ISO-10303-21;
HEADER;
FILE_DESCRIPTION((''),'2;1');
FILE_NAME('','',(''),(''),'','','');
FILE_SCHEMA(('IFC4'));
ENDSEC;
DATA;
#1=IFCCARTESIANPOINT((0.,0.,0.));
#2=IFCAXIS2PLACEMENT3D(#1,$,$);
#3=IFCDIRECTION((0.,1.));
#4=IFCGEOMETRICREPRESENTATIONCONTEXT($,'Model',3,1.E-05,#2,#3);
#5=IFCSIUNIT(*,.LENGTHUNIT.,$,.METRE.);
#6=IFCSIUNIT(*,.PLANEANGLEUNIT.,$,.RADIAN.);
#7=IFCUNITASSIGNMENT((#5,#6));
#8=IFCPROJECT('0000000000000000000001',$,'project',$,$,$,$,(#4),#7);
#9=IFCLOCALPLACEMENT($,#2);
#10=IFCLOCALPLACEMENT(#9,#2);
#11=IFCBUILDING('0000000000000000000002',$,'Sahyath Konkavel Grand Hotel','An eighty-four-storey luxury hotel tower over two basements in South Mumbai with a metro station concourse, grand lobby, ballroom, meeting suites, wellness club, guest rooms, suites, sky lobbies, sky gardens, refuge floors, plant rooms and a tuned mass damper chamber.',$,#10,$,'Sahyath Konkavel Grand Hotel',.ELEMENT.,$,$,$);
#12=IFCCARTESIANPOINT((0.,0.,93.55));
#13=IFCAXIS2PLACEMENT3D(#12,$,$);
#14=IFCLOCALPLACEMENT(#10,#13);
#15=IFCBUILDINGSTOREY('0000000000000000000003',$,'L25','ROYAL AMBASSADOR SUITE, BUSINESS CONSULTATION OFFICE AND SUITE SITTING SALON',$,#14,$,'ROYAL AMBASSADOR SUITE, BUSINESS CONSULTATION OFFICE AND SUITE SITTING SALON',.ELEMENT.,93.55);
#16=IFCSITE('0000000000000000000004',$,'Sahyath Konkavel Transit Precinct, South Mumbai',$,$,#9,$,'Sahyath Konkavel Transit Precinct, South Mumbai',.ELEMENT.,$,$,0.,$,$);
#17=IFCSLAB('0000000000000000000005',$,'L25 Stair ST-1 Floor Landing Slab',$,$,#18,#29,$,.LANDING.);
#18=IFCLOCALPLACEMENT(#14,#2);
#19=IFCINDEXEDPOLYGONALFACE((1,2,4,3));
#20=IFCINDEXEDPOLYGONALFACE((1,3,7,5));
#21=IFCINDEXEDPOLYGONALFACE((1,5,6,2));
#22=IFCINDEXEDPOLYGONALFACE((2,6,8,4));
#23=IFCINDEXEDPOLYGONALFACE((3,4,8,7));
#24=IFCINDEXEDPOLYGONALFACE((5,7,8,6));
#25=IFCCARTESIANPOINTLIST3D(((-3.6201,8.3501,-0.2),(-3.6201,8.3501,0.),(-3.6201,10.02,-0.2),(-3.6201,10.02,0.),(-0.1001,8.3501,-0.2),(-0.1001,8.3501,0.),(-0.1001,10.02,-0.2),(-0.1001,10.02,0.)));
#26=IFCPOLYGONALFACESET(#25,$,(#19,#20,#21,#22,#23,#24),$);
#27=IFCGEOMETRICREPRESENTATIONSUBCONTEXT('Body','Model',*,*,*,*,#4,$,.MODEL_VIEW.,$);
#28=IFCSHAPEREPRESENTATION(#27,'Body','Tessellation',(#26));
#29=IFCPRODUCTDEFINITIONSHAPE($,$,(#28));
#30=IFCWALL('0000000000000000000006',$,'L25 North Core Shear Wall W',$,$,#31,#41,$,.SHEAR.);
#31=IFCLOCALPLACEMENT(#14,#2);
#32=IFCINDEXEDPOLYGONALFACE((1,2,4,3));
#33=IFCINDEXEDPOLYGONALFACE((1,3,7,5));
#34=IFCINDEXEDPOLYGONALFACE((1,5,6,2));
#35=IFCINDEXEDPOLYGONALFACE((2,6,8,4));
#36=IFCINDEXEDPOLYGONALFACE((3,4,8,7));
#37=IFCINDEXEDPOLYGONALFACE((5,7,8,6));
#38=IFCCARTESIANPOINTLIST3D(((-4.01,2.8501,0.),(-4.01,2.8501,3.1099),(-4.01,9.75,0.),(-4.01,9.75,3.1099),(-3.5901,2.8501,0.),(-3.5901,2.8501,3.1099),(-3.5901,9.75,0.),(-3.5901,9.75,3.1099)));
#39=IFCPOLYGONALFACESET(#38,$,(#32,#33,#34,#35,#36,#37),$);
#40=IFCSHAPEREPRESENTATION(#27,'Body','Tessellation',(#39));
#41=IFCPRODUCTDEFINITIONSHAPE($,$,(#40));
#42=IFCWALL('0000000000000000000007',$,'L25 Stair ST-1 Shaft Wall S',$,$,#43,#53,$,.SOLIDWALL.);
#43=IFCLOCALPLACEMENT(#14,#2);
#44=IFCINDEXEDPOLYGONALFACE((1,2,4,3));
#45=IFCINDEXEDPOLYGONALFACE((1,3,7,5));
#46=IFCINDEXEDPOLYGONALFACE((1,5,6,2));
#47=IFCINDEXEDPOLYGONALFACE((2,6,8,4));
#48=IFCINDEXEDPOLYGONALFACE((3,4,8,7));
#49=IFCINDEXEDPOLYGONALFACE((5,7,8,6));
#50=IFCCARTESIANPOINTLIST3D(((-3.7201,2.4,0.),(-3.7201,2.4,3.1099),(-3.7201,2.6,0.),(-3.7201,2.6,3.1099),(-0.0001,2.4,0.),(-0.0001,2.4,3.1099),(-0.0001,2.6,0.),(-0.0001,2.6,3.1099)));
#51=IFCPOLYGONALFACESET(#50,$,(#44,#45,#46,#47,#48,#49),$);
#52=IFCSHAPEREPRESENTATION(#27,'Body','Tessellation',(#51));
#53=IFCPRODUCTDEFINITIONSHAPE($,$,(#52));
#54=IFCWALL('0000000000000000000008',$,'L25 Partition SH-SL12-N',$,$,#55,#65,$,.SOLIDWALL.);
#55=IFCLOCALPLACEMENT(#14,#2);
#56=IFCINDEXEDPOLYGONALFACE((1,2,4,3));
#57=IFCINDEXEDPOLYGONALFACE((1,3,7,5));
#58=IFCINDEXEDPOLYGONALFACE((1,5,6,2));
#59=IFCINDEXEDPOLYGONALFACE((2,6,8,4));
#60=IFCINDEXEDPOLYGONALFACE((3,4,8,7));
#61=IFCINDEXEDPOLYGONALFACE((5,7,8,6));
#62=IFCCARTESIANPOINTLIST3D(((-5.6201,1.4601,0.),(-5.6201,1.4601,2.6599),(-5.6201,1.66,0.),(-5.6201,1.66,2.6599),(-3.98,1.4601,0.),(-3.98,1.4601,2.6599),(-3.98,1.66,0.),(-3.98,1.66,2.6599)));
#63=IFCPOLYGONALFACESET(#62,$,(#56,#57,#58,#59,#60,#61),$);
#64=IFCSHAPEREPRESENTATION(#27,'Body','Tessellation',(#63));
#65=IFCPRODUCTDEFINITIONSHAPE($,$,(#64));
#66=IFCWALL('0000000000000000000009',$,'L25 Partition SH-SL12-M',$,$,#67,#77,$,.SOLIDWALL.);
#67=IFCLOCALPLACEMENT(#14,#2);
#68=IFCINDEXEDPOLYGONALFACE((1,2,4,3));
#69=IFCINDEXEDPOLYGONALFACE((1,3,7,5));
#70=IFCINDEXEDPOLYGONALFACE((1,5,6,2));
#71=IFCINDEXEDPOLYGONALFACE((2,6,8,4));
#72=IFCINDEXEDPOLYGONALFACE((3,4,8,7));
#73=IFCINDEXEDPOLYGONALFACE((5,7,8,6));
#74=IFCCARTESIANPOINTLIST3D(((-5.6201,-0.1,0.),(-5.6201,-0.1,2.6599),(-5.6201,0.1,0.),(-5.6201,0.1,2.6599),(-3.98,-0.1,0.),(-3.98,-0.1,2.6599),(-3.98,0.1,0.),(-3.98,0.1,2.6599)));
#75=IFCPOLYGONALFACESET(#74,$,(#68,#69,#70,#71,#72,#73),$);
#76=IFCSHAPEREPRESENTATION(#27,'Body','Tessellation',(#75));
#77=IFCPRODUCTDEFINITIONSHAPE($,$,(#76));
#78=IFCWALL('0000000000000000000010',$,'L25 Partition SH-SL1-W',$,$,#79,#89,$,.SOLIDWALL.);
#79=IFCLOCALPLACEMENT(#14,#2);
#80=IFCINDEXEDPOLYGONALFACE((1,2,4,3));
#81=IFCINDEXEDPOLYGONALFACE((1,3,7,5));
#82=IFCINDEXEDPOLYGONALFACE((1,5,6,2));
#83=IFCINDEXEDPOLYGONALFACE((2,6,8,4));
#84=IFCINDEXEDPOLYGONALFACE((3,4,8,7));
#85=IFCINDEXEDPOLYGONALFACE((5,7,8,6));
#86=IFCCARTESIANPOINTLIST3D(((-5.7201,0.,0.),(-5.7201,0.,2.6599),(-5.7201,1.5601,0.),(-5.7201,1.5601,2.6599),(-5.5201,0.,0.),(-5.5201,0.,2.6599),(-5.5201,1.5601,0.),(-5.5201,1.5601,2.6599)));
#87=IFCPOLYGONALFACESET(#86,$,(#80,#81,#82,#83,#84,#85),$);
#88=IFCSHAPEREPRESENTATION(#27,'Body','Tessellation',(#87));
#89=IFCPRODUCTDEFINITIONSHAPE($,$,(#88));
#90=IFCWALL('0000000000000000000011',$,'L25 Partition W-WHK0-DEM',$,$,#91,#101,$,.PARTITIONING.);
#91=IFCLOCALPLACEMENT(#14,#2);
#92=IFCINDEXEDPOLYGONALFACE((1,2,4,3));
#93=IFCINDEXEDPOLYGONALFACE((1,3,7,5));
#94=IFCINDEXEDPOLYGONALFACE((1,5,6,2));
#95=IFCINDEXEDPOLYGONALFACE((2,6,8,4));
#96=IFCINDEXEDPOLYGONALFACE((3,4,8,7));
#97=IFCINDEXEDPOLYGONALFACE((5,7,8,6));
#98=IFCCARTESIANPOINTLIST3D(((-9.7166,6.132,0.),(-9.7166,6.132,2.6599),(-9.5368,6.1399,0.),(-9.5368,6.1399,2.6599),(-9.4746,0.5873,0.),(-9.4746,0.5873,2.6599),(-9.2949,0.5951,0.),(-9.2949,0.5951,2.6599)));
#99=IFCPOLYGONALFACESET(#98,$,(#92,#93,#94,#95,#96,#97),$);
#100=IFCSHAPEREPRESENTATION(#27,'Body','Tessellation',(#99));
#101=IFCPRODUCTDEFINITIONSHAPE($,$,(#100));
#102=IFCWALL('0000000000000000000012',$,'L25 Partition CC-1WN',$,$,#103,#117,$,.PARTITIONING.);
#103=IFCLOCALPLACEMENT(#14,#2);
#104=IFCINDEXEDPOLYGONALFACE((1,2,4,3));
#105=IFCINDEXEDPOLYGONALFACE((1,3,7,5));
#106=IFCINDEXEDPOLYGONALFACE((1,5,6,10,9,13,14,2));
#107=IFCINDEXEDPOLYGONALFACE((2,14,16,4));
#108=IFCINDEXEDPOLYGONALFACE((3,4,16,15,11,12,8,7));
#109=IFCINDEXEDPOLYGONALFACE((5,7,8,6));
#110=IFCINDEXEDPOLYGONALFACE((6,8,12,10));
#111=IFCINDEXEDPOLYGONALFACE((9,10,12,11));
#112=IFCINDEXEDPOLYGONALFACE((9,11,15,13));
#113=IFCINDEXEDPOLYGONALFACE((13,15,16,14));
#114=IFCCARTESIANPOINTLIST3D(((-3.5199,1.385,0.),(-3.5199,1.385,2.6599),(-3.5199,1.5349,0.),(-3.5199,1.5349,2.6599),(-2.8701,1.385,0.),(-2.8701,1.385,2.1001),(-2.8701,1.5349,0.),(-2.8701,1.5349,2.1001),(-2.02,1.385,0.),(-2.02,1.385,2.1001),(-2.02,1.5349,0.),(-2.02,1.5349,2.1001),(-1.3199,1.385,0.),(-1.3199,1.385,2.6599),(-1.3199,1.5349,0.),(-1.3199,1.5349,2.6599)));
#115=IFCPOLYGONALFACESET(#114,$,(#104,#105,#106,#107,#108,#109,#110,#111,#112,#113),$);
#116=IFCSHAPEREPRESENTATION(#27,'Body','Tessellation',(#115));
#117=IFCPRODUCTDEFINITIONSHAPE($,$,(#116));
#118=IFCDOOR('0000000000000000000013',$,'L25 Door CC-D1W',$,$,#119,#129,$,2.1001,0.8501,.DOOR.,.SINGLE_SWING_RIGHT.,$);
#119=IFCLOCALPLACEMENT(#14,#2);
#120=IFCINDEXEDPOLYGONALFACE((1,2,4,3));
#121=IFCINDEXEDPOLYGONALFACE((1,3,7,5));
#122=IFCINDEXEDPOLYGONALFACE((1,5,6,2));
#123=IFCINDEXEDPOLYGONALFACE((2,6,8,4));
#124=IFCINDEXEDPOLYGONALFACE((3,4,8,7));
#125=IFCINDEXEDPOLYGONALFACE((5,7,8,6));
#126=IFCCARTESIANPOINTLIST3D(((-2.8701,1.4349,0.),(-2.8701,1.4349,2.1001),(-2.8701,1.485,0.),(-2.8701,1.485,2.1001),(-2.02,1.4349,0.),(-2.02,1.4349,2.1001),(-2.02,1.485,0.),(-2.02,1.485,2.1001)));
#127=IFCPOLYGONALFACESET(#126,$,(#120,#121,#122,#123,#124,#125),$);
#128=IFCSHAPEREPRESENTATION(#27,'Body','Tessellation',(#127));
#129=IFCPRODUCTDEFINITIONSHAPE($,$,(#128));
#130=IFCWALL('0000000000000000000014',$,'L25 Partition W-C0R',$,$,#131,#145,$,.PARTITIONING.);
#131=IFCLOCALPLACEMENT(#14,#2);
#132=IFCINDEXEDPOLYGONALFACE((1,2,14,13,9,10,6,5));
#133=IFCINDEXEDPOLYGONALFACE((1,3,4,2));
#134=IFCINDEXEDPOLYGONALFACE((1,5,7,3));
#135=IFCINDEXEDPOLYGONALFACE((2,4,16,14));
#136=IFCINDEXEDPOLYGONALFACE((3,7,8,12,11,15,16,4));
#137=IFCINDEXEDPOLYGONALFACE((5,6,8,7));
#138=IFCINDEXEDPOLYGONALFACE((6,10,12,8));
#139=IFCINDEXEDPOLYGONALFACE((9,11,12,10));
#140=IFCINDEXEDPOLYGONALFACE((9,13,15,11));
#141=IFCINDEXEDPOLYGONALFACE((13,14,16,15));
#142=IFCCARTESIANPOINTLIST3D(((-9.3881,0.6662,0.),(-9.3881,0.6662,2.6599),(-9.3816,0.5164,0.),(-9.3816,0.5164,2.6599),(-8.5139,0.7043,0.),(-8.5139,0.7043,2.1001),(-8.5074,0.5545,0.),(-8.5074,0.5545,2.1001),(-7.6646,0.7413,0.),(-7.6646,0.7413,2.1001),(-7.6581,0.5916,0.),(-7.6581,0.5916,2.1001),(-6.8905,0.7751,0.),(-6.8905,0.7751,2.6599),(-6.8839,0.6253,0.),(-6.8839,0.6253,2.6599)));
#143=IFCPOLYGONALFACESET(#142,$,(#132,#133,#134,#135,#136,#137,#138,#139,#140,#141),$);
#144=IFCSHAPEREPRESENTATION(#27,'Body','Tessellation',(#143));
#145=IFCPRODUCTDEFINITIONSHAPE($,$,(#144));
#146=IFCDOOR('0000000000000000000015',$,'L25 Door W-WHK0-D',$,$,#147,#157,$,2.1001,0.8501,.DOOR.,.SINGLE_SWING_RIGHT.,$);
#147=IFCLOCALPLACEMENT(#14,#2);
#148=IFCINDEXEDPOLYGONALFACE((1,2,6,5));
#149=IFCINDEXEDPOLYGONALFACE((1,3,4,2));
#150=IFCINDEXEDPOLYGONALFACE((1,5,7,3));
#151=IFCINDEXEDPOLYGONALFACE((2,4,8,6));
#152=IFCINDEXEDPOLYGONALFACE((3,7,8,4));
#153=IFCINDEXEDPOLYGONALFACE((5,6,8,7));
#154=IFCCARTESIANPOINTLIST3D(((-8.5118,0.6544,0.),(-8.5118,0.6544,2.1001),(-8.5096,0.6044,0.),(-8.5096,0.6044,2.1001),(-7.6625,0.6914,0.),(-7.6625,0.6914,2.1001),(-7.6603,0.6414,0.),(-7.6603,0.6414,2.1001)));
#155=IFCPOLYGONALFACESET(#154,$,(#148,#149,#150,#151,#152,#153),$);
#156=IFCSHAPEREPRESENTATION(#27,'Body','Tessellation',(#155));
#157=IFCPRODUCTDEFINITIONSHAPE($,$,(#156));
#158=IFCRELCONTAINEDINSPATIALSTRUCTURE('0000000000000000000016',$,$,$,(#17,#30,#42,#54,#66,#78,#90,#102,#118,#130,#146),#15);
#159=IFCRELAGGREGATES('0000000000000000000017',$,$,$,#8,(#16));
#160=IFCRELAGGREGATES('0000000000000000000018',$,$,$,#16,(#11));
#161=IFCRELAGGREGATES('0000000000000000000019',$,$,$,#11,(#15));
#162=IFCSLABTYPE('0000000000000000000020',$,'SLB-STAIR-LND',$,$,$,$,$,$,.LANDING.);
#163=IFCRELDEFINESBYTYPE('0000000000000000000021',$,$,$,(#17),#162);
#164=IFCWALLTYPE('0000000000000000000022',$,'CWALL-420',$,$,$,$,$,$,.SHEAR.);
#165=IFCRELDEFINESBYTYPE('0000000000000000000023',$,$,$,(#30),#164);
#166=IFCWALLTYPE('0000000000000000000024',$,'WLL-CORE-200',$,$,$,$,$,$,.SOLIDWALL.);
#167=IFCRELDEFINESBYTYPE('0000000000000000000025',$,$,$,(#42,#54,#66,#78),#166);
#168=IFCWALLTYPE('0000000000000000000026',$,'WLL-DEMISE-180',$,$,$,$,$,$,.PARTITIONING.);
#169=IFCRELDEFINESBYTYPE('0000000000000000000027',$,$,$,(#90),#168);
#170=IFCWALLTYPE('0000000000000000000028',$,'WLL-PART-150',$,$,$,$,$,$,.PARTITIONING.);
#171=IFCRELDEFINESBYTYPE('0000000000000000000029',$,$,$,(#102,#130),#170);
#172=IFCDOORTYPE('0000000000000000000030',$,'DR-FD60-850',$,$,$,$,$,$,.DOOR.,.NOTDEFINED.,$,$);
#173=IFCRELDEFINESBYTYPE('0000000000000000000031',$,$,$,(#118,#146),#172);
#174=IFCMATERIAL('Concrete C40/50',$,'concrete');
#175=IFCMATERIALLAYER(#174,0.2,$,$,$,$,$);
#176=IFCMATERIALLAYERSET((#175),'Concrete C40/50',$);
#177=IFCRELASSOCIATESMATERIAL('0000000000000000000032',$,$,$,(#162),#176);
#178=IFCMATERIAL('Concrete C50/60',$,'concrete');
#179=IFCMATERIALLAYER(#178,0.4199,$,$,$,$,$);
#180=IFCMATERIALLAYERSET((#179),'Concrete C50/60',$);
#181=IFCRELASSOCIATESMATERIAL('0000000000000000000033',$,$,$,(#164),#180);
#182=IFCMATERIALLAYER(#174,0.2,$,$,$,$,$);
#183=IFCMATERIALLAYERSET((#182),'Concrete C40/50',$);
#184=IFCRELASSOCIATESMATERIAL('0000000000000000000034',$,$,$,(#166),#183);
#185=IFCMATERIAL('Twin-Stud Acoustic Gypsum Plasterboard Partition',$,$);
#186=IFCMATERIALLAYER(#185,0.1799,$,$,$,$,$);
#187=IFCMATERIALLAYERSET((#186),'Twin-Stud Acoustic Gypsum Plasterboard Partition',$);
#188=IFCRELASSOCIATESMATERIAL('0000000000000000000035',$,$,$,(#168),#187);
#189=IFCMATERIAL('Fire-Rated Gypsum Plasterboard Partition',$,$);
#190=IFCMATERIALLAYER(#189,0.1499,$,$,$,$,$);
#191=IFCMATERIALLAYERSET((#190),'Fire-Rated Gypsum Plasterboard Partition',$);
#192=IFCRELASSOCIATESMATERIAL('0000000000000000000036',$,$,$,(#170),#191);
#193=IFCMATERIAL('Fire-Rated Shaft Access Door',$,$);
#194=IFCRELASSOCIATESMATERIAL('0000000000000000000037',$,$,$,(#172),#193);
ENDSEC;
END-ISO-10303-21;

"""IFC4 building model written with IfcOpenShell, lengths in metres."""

from ifc_helpers import new_model, si_unit, direction, frame, frame_2d, origin, origin_2d, place, context, subcontext, project, spatial, polyline, rectangle, outline, extrude, source, transform, mapped, material, layer, layer_set, type_object, element, fill, save


model = new_model("IFC4")

# Units and contexts
model_context = context("Model", 3, precision=1e-05, world=origin(), true_north=direction((0.0, 1.0)))
body_context = subcontext(model_context, "Body", "Model", "MODEL_VIEW")
ifc_project = project(units=[si_unit("LENGTHUNIT", "METRE"), si_unit("PLANEANGLEUNIT", "RADIAN")], contexts=[model_context])

# Site, building, storey
site_placement = place(None, origin())
site = spatial("IfcSite", under=ifc_project, at=site_placement, Name="Sahyath Konkavel Transit Precinct, South Mumbai", LongName="Sahyath Konkavel Transit Precinct, South Mumbai", CompositionType="ELEMENT", RefElevation=0.0)
building_placement = place(site_placement, origin())
building = spatial("IfcBuilding", under=site, at=building_placement, Name="Sahyath Konkavel Grand Hotel", Description="An eighty-four-storey luxury hotel tower over two basements in South Mumbai with a metro station concourse, grand lobby, ballroom, meeting suites, wellness club, guest rooms, suites, sky lobbies, sky gardens, refuge floors, plant rooms and a tuned mass damper chamber.", LongName="Sahyath Konkavel Grand Hotel", CompositionType="ELEMENT")
storey_placement = place(building_placement, frame((0.0, 0.0, 93.55)))
storey = spatial("IfcBuildingStorey", under=building, at=storey_placement, Name="L25", Description="ROYAL AMBASSADOR SUITE, BUSINESS CONSULTATION OFFICE AND SUITE SITTING SALON", LongName="ROYAL AMBASSADOR SUITE, BUSINESS CONSULTATION OFFICE AND SUITE SITTING SALON", CompositionType="ELEMENT", Elevation=93.55)

# Shared definitions
ifc_material_1 = material(Name="Concrete C50/60", Category="concrete")

# Shared definitions
ifc_material_2 = material(Name="Concrete C40/50", Category="concrete")

# Shared definitions
ifc_layer_1 = layer(ifc_material_2, 0.2)
ifc_layer_set_1 = layer_set([ifc_layer_1], Name="Concrete C40/50")
slab_type_1 = type_object("IfcSlabType", Name="SLB-STAIR-LND", PredefinedType="LANDING", material=ifc_layer_set_1)

# Slab
slab_1_placement = place(storey_placement, frame((0.0, 0.0, -0.2)))
element("IfcSlab", 1, at=slab_1_placement, inside=storey, type_object=slab_type_1, Name="L25 Stair ST-1 Floor Landing Slab", PredefinedType="LANDING", context=body_context, shape_type="SweptSolid", body=[
    extrude(outline(polyline([(-3.6201, 8.3501), (-0.1001, 8.3501), (-0.1001, 10.02), (-3.6201, 10.02), (-3.6201, 8.3501)])), origin(), (0.0, 0.0, 1.0), 0.2),
])

# Walls
ifc_layer_2 = layer(ifc_material_1, 0.4199)
ifc_layer_set_2 = layer_set([ifc_layer_2], Name="Concrete C50/60")
wall_type_1 = type_object("IfcWallType", Name="CWALL-420", PredefinedType="SHEAR", material=ifc_layer_set_2)
wall_1_placement = place(storey_placement, frame((-3.8, 2.8501, 0.0), z_axis=(0.0, 0.0, 1.0), x_axis=(0.0, 1.0, 0.0)))
element("IfcWall", 2, at=wall_1_placement, inside=storey, type_object=wall_type_1, Name="L25 North Core Shear Wall W", PredefinedType="SHEAR", context=body_context, shape_type="SweptSolid", body=[
    extrude(rectangle(XDim=6.8999, YDim=0.4199, at=frame_2d((3.45, 0.0))), origin(), (0.0, 0.0, 1.0), 3.1099),
])
ifc_layer_3 = layer(ifc_material_2, 0.2)
ifc_layer_set_3 = layer_set([ifc_layer_3], Name="Concrete C40/50")
wall_type_2 = type_object("IfcWallType", Name="WLL-CORE-200", PredefinedType="SOLIDWALL", material=ifc_layer_set_3)
wall_2_placement = place(storey_placement, frame((-3.72, 2.5, 0.0), z_axis=(0.0, 0.0, 1.0), x_axis=(1.0, 0.0, 0.0)))
element("IfcWall", 3, at=wall_2_placement, inside=storey, type_object=wall_type_2, Name="L25 Stair ST-1 Shaft Wall S", PredefinedType="SOLIDWALL", context=body_context, shape_type="SweptSolid", body=[
    extrude(rectangle(XDim=3.72, YDim=0.2, at=frame_2d((1.8599, 0.0))), origin(), (0.0, 0.0, 1.0), 3.1099),
])
for number, where, z_axis, x_axis, name in (
    (4, (-5.6201, 1.5601, 0.0), (0.0, 0.0, 1.0), (1.0, 0.0, 0.0), "L25 Partition SH-SL12-N"),
    (5, (-5.6201, 0.0, 0.0), (0.0, 0.0, 1.0), (1.0, 0.0, 0.0), "L25 Partition SH-SL12-M"),
):
    element("IfcWall", number, at=place(storey_placement, frame(where, z_axis=z_axis, x_axis=x_axis)), inside=storey, type_object=wall_type_2, Name=name, PredefinedType="SOLIDWALL", context=body_context, shape_type="SweptSolid", body=[
        extrude(rectangle(XDim=1.6401, YDim=0.2, at=frame_2d((0.8201, 0.0))), origin(), (0.0, 0.0, 1.0), 2.6599),
    ])
wall_3_placement = place(storey_placement, frame((-5.6201, 0.0, 0.0), z_axis=(0.0, 0.0, 1.0), x_axis=(0.0, 1.0, 0.0)))
element("IfcWall", 6, at=wall_3_placement, inside=storey, type_object=wall_type_2, Name="L25 Partition SH-SL1-W", PredefinedType="SOLIDWALL", context=body_context, shape_type="SweptSolid", body=[
    extrude(rectangle(XDim=1.5601, YDim=0.2, at=frame_2d((0.78, 0.0))), origin(), (0.0, 0.0, 1.0), 2.6599),
])
ifc_material_3 = material(Name="Twin-Stud Acoustic Gypsum Plasterboard Partition")
ifc_layer_4 = layer(ifc_material_3, 0.1799)
ifc_layer_set_4 = layer_set([ifc_layer_4], Name="Twin-Stud Acoustic Gypsum Plasterboard Partition")
wall_type_3 = type_object("IfcWallType", Name="WLL-DEMISE-180", PredefinedType="PARTITIONING", material=ifc_layer_set_4)
wall_4_placement = place(storey_placement, frame((-9.3848, 0.5913, 0.0), z_axis=(0.0, 0.0, 1.0), x_axis=(-0.043594, 0.999049, 0.0)))
element("IfcWall", 7, at=wall_4_placement, inside=storey, type_object=wall_type_3, Name="L25 Partition W-WHK0-DEM", PredefinedType="PARTITIONING", context=body_context, shape_type="SweptSolid", body=[
    extrude(rectangle(XDim=5.55, YDim=0.1799, at=frame_2d((2.7749, 0.0))), origin(), (0.0, 0.0, 1.0), 2.6599),
])

# Walls, openings, doors
ifc_material_4 = material(Name="Fire-Rated Gypsum Plasterboard Partition")
ifc_layer_5 = layer(ifc_material_4, 0.1499)
ifc_layer_set_5 = layer_set([ifc_layer_5], Name="Fire-Rated Gypsum Plasterboard Partition")
wall_type_4 = type_object("IfcWallType", Name="WLL-PART-150", PredefinedType="PARTITIONING", material=ifc_layer_set_5)
wall_5_placement = place(storey_placement, frame((-3.52, 1.46, 0.0), z_axis=(0.0, 0.0, 1.0), x_axis=(1.0, 0.0, 0.0)))
wall_5 = element("IfcWall", 8, at=wall_5_placement, inside=storey, type_object=wall_type_4, Name="L25 Partition CC-1WN", PredefinedType="PARTITIONING", context=body_context, shape_type="SweptSolid", body=[
    extrude(rectangle(XDim=2.2, YDim=0.1499, at=frame_2d((1.1001, 0.0))), origin(), (0.0, 0.0, 1.0), 2.6599),
])
opening_1_placement = place(wall_5_placement, frame((0.6499, 0.0, 0.0)))
opening_1 = element("IfcOpeningElement", 9, at=opening_1_placement, cuts=wall_5, PredefinedType="OPENING", context=body_context, shape_type="SweptSolid", body=[
    extrude(rectangle(XDim=0.8501, YDim=2.1001, at=frame_2d((0.425, 1.05))), frame((0.0, 0.085, 0.0), z_axis=(0.0, -1.0, 0.0), x_axis=(1.0, 0.0, 0.0)), (0.0, 0.0, 1.0), 0.1699),
])
ifc_material_5 = material(Name="Fire-Rated Shaft Access Door")
door_type_1 = type_object("IfcDoorType", Name="DR-FD60-850", OperationType="NOTDEFINED", PredefinedType="DOOR", material=ifc_material_5)
shared_shape_1 = source(origin(), body_context, "Body", "SweptSolid", [
    extrude(rectangle(XDim=0.8501, YDim=0.05, at=origin_2d()), origin(), (0.0, 0.0, 1.0), 2.1001),
])
door_1_placement = place(opening_1_placement, frame((0.425, 0.0, 0.0)))
door_1 = element("IfcDoor", 10, at=door_1_placement, inside=storey, type_object=door_type_1, Name="L25 Door CC-D1W", OperationType="SINGLE_SWING_RIGHT", OverallHeight=2.1001, OverallWidth=0.8501, PredefinedType="DOOR", context=body_context, shape_type="MappedRepresentation", body=[
    mapped(shared_shape_1, transform((0.0, 0.0, 0.0), scale=1.0)),
])
fill(opening_1, door_1)
wall_6_placement = place(storey_placement, frame((-6.8872, 0.7002, 0.0), z_axis=(0.0, 0.0, 1.0), x_axis=(-0.999051, -0.043556, 0.0)))
wall_6 = element("IfcWall", 11, at=wall_6_placement, inside=storey, type_object=wall_type_4, Name="L25 Partition W-C0R", PredefinedType="PARTITIONING", context=body_context, shape_type="SweptSolid", body=[
    extrude(rectangle(XDim=2.5, YDim=0.1499, at=frame_2d((1.25, 0.0))), origin(), (0.0, 0.0, 1.0), 2.6599),
])
opening_2_placement = place(wall_6_placement, frame((0.7749, 0.0, 0.0)))
opening_2 = element("IfcOpeningElement", 12, at=opening_2_placement, cuts=wall_6, PredefinedType="OPENING", context=body_context, shape_type="SweptSolid", body=[
    extrude(rectangle(XDim=0.8501, YDim=2.1001, at=frame_2d((0.425, 1.05))), frame((0.0, 0.085, 0.0), z_axis=(0.0, -1.0, 0.0), x_axis=(1.0, 0.0, 0.0)), (0.0, 0.0, 1.0), 0.1699),
])
door_2_placement = place(opening_2_placement, frame((0.425, 0.0, 0.0)))
door_2 = element("IfcDoor", 13, at=door_2_placement, inside=storey, type_object=door_type_1, Name="L25 Door W-WHK0-D", OperationType="SINGLE_SWING_RIGHT", OverallHeight=2.1001, OverallWidth=0.8501, PredefinedType="DOOR", context=body_context, shape_type="MappedRepresentation", body=[
    mapped(shared_shape_1, transform((0.0, 0.0, 0.0), scale=1.0)),
])
fill(opening_2, door_2)

save(model, "model.ifc")
